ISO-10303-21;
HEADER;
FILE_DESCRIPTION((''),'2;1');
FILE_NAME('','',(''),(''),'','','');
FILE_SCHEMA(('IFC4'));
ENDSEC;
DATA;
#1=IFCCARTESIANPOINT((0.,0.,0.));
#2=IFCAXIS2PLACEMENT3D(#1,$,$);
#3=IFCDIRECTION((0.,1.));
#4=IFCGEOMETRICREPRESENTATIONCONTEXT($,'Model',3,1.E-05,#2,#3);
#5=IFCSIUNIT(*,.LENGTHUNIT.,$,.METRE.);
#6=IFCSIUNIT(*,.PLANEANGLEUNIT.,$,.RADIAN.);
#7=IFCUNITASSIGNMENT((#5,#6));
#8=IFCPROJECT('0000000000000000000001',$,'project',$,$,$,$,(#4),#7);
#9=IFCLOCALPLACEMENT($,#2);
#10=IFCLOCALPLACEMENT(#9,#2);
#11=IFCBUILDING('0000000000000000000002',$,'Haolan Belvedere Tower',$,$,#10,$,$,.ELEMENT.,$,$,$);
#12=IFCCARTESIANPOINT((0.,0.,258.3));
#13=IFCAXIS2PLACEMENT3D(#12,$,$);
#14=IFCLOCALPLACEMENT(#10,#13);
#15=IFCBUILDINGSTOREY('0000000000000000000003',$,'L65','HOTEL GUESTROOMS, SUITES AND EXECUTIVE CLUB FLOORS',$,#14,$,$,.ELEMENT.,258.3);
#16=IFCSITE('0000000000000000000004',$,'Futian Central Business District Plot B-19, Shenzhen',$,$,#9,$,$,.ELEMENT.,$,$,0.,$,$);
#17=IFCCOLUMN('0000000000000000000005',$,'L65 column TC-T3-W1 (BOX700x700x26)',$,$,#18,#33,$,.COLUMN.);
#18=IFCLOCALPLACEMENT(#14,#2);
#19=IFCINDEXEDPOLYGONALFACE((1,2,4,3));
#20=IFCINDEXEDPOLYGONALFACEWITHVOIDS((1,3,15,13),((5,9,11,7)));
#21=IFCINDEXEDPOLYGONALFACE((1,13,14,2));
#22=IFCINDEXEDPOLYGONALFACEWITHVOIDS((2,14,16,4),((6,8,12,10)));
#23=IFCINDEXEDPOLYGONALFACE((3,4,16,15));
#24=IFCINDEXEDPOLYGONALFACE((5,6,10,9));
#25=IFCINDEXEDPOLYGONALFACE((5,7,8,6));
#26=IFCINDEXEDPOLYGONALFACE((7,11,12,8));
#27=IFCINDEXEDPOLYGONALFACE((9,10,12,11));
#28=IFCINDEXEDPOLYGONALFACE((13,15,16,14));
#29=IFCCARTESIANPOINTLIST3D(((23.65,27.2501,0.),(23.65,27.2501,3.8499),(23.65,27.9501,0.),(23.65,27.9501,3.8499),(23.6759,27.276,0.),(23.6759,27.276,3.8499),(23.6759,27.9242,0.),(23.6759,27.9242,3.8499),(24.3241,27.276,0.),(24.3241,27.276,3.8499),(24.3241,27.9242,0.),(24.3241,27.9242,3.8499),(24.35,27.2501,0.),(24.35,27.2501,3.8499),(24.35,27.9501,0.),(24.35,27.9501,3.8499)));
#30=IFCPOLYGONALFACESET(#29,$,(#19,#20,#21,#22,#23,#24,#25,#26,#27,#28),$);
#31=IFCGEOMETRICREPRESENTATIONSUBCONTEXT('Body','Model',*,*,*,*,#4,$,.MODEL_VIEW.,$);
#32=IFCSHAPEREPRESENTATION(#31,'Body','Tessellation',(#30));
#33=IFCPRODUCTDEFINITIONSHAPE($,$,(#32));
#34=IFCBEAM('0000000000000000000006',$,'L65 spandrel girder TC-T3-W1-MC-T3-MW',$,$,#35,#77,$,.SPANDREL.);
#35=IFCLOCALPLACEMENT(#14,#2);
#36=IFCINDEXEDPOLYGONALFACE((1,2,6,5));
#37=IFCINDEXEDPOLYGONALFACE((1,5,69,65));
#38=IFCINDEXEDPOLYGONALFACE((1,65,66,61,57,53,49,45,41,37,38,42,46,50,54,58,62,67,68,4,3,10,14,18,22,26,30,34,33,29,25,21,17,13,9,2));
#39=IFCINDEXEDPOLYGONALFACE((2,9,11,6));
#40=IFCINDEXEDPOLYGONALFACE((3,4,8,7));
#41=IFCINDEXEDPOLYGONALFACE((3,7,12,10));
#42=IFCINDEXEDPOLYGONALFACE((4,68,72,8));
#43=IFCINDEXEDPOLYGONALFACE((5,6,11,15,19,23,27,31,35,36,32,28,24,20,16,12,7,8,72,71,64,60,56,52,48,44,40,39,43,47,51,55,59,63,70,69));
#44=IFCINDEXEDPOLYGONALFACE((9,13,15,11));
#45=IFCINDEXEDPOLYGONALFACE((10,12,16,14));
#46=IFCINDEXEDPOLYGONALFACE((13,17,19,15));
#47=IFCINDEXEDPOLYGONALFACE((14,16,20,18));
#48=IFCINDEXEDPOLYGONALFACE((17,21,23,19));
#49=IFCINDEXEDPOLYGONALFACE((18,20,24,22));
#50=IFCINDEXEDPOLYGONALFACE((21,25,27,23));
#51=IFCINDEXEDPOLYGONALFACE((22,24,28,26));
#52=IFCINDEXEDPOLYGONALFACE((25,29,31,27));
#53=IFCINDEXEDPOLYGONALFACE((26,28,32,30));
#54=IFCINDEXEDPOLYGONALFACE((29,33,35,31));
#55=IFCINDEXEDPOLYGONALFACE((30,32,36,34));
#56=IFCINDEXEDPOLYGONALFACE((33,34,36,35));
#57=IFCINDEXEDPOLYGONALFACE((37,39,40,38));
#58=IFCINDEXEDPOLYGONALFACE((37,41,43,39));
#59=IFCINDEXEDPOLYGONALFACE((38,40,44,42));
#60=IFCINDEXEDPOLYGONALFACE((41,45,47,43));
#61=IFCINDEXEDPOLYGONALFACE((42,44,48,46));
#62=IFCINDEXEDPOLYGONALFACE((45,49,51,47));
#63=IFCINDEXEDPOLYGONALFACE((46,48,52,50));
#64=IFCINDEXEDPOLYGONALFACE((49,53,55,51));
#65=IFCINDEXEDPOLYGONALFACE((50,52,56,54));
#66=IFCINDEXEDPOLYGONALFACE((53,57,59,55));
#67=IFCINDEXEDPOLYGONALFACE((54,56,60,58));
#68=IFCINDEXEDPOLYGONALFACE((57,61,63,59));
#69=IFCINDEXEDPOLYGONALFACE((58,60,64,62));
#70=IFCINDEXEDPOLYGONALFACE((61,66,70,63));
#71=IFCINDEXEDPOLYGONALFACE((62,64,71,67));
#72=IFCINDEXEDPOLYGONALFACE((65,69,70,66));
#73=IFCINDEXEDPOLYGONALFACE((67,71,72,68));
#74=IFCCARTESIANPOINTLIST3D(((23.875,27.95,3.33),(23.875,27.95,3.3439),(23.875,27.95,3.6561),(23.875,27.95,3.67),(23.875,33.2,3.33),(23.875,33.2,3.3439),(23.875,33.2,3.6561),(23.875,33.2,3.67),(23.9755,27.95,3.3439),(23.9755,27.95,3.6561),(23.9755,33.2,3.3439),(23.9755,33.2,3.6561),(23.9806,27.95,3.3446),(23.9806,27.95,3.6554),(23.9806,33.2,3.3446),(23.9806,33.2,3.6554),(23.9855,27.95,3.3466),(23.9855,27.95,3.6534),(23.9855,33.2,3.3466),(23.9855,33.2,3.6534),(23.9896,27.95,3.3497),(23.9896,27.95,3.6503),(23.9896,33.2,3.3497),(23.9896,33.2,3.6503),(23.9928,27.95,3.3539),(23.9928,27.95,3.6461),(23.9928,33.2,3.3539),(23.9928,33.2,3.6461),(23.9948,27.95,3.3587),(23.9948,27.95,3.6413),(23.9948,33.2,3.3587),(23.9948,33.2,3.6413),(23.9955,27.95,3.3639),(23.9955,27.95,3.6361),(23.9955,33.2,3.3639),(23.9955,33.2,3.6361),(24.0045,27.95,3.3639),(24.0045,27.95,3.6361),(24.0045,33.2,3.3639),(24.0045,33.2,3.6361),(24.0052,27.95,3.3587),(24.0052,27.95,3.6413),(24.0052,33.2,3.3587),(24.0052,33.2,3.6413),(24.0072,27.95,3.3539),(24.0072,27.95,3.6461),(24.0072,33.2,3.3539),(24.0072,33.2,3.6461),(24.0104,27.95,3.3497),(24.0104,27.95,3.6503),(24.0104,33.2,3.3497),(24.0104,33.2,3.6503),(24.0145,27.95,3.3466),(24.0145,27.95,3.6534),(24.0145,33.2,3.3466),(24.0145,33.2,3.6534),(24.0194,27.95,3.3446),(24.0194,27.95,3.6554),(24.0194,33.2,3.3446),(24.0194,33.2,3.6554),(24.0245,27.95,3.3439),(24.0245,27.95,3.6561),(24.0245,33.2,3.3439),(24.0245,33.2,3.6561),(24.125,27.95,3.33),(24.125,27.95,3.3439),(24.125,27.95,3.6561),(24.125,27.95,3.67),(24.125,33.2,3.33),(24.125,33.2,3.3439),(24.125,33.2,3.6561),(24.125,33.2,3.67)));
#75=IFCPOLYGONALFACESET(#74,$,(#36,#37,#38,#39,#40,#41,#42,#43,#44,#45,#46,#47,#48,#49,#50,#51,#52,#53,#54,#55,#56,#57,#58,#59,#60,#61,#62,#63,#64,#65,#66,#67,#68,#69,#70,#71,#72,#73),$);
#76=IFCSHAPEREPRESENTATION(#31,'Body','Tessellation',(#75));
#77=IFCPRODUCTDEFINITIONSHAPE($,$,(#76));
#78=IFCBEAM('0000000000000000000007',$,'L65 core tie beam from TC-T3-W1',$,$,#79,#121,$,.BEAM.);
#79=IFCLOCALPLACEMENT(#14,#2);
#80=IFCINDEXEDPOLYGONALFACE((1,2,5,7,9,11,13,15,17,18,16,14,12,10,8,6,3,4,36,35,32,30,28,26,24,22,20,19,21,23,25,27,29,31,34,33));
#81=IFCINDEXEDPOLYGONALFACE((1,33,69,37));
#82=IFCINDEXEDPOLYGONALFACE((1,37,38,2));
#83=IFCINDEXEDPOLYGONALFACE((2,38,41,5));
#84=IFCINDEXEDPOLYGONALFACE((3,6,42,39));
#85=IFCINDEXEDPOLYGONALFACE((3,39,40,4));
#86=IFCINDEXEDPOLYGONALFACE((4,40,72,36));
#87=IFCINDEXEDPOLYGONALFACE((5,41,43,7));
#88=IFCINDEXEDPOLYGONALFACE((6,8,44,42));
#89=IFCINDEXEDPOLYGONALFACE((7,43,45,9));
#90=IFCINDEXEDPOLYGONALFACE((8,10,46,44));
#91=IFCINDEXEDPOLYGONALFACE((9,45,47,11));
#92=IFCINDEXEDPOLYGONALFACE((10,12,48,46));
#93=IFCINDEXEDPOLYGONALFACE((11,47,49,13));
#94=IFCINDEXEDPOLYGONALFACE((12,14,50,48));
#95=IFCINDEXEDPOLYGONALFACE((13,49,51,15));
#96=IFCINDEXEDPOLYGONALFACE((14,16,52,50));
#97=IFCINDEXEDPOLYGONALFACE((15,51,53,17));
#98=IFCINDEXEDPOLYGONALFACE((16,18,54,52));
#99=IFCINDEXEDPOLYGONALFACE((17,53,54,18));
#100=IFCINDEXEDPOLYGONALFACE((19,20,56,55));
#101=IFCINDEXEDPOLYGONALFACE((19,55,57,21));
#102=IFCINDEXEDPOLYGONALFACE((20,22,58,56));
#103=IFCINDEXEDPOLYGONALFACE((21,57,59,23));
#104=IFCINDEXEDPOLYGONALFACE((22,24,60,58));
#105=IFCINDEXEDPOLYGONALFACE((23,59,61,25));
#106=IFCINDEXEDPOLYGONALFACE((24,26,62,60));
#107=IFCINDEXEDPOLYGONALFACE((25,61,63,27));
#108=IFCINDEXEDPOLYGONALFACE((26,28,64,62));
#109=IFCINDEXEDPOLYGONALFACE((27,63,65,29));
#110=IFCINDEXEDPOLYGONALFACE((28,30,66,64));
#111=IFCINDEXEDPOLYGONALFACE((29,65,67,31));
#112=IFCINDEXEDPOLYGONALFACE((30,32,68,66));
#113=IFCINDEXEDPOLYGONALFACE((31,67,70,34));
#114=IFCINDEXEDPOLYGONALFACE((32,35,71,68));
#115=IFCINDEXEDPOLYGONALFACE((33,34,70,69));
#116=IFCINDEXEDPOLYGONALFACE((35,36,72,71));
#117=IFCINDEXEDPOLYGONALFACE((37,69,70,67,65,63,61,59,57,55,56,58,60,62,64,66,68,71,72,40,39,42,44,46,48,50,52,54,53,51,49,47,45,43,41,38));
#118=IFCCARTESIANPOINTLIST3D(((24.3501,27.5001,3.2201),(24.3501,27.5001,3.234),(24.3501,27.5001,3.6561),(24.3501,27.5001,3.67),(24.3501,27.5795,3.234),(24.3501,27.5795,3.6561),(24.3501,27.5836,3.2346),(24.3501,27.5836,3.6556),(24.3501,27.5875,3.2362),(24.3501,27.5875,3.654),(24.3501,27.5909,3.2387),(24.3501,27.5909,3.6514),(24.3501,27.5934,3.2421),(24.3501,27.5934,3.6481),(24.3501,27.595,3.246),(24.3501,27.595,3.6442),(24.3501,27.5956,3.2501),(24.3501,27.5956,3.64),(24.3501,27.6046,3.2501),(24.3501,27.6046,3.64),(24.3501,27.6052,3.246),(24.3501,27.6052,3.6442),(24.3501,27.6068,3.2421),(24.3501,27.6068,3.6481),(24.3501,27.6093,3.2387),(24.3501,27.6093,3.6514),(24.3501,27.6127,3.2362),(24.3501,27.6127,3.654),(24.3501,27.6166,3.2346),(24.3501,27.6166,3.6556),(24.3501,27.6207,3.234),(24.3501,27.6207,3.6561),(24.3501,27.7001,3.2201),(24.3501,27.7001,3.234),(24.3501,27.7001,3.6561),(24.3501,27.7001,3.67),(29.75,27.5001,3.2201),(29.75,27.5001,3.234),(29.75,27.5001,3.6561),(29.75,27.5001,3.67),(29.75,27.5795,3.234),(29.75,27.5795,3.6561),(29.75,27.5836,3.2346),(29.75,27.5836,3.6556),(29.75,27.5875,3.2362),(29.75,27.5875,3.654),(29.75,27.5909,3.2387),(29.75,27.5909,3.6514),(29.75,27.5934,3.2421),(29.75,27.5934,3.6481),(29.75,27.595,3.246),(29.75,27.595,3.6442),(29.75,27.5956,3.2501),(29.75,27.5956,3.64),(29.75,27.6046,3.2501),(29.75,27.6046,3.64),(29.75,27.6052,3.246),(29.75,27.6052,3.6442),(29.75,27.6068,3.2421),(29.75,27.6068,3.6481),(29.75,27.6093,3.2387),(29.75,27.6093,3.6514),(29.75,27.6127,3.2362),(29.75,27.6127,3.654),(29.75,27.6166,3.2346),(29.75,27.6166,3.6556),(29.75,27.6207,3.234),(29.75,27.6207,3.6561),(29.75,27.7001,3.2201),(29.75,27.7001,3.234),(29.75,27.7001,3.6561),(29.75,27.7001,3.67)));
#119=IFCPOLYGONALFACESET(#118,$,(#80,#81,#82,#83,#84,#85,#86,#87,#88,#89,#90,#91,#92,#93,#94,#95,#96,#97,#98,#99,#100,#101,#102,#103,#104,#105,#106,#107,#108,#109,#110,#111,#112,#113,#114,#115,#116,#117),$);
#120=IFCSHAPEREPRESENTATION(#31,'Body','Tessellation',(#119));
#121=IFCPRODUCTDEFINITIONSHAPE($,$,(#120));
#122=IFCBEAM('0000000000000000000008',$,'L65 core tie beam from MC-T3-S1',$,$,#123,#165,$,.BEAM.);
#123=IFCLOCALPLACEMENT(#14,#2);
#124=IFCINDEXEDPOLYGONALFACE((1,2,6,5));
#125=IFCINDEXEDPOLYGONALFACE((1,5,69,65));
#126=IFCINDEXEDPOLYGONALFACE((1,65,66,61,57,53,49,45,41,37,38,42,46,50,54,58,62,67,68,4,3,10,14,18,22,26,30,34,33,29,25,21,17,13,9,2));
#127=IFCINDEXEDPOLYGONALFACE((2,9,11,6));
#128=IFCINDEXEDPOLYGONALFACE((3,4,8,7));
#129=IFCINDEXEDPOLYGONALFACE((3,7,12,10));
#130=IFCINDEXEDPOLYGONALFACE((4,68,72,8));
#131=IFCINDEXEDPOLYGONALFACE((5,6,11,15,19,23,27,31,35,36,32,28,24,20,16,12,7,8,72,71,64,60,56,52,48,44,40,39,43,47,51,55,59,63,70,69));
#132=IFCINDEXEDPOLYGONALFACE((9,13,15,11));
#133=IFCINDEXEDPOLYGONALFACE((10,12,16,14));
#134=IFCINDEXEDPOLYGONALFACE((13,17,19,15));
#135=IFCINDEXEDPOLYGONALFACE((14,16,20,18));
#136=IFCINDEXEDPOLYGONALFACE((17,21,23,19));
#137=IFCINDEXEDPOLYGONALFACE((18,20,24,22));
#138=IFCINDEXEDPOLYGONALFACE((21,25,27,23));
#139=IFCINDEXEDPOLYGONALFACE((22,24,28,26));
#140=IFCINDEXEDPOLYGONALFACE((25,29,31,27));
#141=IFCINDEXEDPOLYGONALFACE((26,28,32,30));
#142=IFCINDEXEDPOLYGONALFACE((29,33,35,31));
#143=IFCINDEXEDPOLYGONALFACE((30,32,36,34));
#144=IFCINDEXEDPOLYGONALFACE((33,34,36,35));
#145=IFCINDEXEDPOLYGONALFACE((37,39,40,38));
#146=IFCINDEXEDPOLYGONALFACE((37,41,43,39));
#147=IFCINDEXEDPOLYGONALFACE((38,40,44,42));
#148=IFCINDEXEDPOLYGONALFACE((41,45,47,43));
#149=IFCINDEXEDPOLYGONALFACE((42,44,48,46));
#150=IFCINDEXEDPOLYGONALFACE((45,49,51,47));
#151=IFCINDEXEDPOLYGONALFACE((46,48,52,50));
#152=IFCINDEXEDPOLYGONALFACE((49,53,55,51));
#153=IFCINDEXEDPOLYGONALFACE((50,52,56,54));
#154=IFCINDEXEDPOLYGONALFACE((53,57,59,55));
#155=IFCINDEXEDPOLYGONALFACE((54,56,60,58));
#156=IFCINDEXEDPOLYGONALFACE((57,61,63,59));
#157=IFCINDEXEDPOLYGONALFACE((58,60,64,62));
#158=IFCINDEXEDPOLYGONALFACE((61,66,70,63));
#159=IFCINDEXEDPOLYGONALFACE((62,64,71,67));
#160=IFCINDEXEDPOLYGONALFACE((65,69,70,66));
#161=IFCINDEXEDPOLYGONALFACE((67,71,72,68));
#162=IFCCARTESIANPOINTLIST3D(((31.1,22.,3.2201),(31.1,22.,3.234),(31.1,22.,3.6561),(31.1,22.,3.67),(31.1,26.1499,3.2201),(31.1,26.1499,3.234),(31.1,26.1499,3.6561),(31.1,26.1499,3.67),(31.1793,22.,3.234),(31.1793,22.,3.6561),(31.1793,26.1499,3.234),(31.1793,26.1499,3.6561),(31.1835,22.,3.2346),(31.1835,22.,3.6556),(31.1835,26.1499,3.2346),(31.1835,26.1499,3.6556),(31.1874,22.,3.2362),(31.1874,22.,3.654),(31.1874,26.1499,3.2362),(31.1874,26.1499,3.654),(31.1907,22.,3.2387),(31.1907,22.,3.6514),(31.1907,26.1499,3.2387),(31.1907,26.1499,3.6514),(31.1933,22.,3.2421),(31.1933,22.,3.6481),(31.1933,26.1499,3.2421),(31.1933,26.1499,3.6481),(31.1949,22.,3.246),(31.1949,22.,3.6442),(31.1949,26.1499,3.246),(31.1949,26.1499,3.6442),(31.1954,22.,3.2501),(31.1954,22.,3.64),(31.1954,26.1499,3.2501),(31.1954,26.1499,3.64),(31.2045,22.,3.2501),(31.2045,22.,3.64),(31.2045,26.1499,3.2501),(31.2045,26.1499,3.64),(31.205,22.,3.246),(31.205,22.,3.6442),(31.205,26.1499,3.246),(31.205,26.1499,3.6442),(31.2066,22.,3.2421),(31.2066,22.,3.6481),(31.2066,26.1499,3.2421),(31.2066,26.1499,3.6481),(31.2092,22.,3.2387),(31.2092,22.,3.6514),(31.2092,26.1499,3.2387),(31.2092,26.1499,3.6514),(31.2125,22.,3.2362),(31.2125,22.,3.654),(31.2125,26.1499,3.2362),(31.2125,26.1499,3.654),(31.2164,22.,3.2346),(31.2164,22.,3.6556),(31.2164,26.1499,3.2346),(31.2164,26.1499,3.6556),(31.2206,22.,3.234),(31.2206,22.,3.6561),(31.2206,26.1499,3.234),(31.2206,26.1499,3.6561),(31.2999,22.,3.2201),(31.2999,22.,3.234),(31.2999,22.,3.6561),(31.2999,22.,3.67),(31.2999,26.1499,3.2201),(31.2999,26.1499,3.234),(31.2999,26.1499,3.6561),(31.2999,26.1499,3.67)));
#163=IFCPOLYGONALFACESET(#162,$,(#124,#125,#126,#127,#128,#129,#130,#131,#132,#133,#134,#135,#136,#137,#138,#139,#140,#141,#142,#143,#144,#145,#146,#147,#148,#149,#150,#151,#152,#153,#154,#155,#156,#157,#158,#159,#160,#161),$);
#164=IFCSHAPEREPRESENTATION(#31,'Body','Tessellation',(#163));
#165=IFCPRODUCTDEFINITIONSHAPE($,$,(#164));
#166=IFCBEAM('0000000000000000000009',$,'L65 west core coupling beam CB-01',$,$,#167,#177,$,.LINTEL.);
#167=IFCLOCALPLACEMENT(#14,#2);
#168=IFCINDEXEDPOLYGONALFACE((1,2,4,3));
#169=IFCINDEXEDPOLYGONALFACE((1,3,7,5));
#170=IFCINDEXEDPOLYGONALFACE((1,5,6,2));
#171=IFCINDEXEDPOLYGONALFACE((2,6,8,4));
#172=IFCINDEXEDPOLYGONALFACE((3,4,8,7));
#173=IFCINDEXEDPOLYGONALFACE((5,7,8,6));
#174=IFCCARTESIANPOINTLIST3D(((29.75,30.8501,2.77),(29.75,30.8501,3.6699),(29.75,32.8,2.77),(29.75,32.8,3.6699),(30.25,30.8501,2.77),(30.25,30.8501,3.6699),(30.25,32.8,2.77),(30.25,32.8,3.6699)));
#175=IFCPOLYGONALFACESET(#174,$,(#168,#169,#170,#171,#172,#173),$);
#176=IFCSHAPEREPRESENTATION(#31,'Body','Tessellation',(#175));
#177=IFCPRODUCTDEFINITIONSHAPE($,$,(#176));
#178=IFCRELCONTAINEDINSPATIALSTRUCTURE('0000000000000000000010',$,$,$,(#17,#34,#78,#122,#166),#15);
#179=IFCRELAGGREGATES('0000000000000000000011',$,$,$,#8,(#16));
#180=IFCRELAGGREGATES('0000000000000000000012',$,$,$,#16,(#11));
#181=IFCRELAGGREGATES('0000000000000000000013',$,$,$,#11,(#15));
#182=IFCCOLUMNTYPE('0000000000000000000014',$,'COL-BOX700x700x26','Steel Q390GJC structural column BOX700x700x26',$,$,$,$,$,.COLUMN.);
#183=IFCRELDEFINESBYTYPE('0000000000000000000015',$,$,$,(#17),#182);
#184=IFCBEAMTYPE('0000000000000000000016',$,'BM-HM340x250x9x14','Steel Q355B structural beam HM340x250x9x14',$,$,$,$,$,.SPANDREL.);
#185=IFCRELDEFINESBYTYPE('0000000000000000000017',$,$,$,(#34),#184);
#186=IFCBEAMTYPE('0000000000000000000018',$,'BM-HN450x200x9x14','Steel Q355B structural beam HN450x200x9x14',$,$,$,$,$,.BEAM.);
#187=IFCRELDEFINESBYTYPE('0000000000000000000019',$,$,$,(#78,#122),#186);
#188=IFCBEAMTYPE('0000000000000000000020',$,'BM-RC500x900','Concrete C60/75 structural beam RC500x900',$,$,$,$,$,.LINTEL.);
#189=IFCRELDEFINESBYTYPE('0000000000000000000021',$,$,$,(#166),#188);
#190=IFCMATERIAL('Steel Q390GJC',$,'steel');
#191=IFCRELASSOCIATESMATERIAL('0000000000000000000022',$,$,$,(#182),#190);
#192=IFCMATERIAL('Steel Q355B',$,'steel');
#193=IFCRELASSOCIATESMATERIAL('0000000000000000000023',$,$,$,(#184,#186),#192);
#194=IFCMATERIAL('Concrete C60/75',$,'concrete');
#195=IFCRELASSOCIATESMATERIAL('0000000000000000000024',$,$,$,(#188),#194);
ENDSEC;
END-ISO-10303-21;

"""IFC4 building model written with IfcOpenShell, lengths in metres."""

from ifc_helpers import new_model, si_unit, direction, frame, origin, origin_2d, place, context, subcontext, project, spatial, rectangle, hollow_rectangle, i_section, extrude, material, material_profile, profile_set, type_object, element, save


model = new_model("IFC4")

# Units and contexts
model_context = context("Model", 3, precision=1e-05, world=origin(), true_north=direction((0.0, 1.0)))
body_context = subcontext(model_context, "Body", "Model", "MODEL_VIEW")
ifc_project = project(units=[si_unit("LENGTHUNIT", "METRE"), si_unit("PLANEANGLEUNIT", "RADIAN")], contexts=[model_context])

# Site, building, storey
site_placement = place(None, origin())
site = spatial("IfcSite", under=ifc_project, at=site_placement, Name="Futian Central Business District Plot B-19, Shenzhen", CompositionType="ELEMENT", RefElevation=0.0)
building_placement = place(site_placement, origin())
building = spatial("IfcBuilding", under=site, at=building_placement, Name="Haolan Belvedere Tower", CompositionType="ELEMENT")
storey_placement = place(building_placement, frame((0.0, 0.0, 258.3)))
storey = spatial("IfcBuildingStorey", under=building, at=storey_placement, Name="L65", Description="HOTEL GUESTROOMS, SUITES AND EXECUTIVE CLUB FLOORS", CompositionType="ELEMENT", Elevation=258.3)

# Column
ifc_material_1 = material(Name="Steel Q390GJC", Category="steel")
ifc_material_profile_1 = material_profile(ifc_material_1, hollow_rectangle(XDim=0.7, YDim=0.7, WallThickness=0.0259, at=origin_2d()), Name="Steel Q390GJC")
ifc_profile_set_1 = profile_set([ifc_material_profile_1], Name="Steel Q390GJC")
column_type = type_object("IfcColumnType", Name="COL-BOX700x700x26", Description="Steel Q390GJC structural column BOX700x700x26", PredefinedType="COLUMN", material=ifc_profile_set_1)
column_placement = place(storey_placement, frame((24.0, 27.6001, 0.0), z_axis=(0.0, 0.0, 1.0), x_axis=(1.0, 0.0, 0.0)))
element("IfcColumn", 1, at=column_placement, inside=storey, type_object=column_type, Name="L65 column TC-T3-W1 (BOX700x700x26)", PredefinedType="COLUMN", context=body_context, shape_type="SweptSolid", body=[
    extrude(hollow_rectangle(XDim=0.7, YDim=0.7, WallThickness=0.0259, at=origin_2d()), origin(), (0.0, 0.0, 1.0), 3.8499),
])

# Beams
ifc_material_2 = material(Name="Steel Q355B", Category="steel")
ifc_material_profile_2 = material_profile(ifc_material_2, i_section(OverallWidth=0.25, OverallDepth=0.3401, WebThickness=0.009, FlangeThickness=0.0139, FilletRadius=0.02, at=origin_2d()), Name="Steel Q355B")
ifc_profile_set_2 = profile_set([ifc_material_profile_2], Name="Steel Q355B")
beam_type_1 = type_object("IfcBeamType", Name="BM-HM340x250x9x14", Description="Steel Q355B structural beam HM340x250x9x14", PredefinedType="SPANDREL", material=ifc_profile_set_2)
beam_1_placement = place(storey_placement, frame((24.0, 27.95, 3.5), z_axis=(0.0, 1.0, 0.0), x_axis=(-1.0, 0.0, 0.0)))
element("IfcBeam", 2, at=beam_1_placement, inside=storey, type_object=beam_type_1, Name="L65 spandrel girder TC-T3-W1-MC-T3-MW", PredefinedType="SPANDREL", context=body_context, shape_type="SweptSolid", body=[
    extrude(i_section(OverallWidth=0.25, OverallDepth=0.3401, WebThickness=0.009, FlangeThickness=0.0139, FilletRadius=0.02, at=origin_2d()), origin(), (0.0, 0.0, 1.0), 5.25),
])
ifc_material_profile_3 = material_profile(ifc_material_2, i_section(OverallWidth=0.2, OverallDepth=0.45, WebThickness=0.009, FlangeThickness=0.0139, FilletRadius=0.0161, at=origin_2d()), Name="Steel Q355B")
ifc_profile_set_3 = profile_set([ifc_material_profile_3], Name="Steel Q355B")
beam_type_2 = type_object("IfcBeamType", Name="BM-HN450x200x9x14", Description="Steel Q355B structural beam HN450x200x9x14", PredefinedType="BEAM", material=ifc_profile_set_3)
beam_2_placement = place(storey_placement, frame((24.3501, 27.6001, 3.4451), z_axis=(1.0, 0.0, 0.0), x_axis=(0.0, 1.0, 0.0)))
element("IfcBeam", 3, at=beam_2_placement, inside=storey, type_object=beam_type_2, Name="L65 core tie beam from TC-T3-W1", PredefinedType="BEAM", context=body_context, shape_type="SweptSolid", body=[
    extrude(i_section(OverallWidth=0.2, OverallDepth=0.45, WebThickness=0.009, FlangeThickness=0.0139, FilletRadius=0.0161, at=origin_2d()), origin(), (0.0, 0.0, 1.0), 5.3999),
])
beam_3_placement = place(storey_placement, frame((31.2, 22.0, 3.4451), z_axis=(0.0, 1.0, 0.0), x_axis=(-1.0, 0.0, 0.0)))
element("IfcBeam", 4, at=beam_3_placement, inside=storey, type_object=beam_type_2, Name="L65 core tie beam from MC-T3-S1", PredefinedType="BEAM", context=body_context, shape_type="SweptSolid", body=[
    extrude(i_section(OverallWidth=0.2, OverallDepth=0.45, WebThickness=0.009, FlangeThickness=0.0139, FilletRadius=0.0161, at=origin_2d()), origin(), (0.0, 0.0, 1.0), 4.1499),
])
ifc_material_3 = material(Name="Concrete C60/75", Category="concrete")
ifc_material_profile_4 = material_profile(ifc_material_3, rectangle(XDim=0.5, YDim=0.8999, at=origin_2d()), Name="Concrete C60/75")
ifc_profile_set_4 = profile_set([ifc_material_profile_4], Name="Concrete C60/75")
beam_type_3 = type_object("IfcBeamType", Name="BM-RC500x900", Description="Concrete C60/75 structural beam RC500x900", PredefinedType="LINTEL", material=ifc_profile_set_4)
beam_4_placement = place(storey_placement, frame((30.0, 30.8501, 3.22), z_axis=(0.0, 1.0, 0.0), x_axis=(-1.0, 0.0, 0.0)))
element("IfcBeam", 5, at=beam_4_placement, inside=storey, type_object=beam_type_3, Name="L65 west core coupling beam CB-01", PredefinedType="LINTEL", context=body_context, shape_type="SweptSolid", body=[
    extrude(rectangle(XDim=0.5, YDim=0.8999, at=origin_2d()), origin(), (0.0, 0.0, 1.0), 1.95),
])

save(model, "model.ifc")
